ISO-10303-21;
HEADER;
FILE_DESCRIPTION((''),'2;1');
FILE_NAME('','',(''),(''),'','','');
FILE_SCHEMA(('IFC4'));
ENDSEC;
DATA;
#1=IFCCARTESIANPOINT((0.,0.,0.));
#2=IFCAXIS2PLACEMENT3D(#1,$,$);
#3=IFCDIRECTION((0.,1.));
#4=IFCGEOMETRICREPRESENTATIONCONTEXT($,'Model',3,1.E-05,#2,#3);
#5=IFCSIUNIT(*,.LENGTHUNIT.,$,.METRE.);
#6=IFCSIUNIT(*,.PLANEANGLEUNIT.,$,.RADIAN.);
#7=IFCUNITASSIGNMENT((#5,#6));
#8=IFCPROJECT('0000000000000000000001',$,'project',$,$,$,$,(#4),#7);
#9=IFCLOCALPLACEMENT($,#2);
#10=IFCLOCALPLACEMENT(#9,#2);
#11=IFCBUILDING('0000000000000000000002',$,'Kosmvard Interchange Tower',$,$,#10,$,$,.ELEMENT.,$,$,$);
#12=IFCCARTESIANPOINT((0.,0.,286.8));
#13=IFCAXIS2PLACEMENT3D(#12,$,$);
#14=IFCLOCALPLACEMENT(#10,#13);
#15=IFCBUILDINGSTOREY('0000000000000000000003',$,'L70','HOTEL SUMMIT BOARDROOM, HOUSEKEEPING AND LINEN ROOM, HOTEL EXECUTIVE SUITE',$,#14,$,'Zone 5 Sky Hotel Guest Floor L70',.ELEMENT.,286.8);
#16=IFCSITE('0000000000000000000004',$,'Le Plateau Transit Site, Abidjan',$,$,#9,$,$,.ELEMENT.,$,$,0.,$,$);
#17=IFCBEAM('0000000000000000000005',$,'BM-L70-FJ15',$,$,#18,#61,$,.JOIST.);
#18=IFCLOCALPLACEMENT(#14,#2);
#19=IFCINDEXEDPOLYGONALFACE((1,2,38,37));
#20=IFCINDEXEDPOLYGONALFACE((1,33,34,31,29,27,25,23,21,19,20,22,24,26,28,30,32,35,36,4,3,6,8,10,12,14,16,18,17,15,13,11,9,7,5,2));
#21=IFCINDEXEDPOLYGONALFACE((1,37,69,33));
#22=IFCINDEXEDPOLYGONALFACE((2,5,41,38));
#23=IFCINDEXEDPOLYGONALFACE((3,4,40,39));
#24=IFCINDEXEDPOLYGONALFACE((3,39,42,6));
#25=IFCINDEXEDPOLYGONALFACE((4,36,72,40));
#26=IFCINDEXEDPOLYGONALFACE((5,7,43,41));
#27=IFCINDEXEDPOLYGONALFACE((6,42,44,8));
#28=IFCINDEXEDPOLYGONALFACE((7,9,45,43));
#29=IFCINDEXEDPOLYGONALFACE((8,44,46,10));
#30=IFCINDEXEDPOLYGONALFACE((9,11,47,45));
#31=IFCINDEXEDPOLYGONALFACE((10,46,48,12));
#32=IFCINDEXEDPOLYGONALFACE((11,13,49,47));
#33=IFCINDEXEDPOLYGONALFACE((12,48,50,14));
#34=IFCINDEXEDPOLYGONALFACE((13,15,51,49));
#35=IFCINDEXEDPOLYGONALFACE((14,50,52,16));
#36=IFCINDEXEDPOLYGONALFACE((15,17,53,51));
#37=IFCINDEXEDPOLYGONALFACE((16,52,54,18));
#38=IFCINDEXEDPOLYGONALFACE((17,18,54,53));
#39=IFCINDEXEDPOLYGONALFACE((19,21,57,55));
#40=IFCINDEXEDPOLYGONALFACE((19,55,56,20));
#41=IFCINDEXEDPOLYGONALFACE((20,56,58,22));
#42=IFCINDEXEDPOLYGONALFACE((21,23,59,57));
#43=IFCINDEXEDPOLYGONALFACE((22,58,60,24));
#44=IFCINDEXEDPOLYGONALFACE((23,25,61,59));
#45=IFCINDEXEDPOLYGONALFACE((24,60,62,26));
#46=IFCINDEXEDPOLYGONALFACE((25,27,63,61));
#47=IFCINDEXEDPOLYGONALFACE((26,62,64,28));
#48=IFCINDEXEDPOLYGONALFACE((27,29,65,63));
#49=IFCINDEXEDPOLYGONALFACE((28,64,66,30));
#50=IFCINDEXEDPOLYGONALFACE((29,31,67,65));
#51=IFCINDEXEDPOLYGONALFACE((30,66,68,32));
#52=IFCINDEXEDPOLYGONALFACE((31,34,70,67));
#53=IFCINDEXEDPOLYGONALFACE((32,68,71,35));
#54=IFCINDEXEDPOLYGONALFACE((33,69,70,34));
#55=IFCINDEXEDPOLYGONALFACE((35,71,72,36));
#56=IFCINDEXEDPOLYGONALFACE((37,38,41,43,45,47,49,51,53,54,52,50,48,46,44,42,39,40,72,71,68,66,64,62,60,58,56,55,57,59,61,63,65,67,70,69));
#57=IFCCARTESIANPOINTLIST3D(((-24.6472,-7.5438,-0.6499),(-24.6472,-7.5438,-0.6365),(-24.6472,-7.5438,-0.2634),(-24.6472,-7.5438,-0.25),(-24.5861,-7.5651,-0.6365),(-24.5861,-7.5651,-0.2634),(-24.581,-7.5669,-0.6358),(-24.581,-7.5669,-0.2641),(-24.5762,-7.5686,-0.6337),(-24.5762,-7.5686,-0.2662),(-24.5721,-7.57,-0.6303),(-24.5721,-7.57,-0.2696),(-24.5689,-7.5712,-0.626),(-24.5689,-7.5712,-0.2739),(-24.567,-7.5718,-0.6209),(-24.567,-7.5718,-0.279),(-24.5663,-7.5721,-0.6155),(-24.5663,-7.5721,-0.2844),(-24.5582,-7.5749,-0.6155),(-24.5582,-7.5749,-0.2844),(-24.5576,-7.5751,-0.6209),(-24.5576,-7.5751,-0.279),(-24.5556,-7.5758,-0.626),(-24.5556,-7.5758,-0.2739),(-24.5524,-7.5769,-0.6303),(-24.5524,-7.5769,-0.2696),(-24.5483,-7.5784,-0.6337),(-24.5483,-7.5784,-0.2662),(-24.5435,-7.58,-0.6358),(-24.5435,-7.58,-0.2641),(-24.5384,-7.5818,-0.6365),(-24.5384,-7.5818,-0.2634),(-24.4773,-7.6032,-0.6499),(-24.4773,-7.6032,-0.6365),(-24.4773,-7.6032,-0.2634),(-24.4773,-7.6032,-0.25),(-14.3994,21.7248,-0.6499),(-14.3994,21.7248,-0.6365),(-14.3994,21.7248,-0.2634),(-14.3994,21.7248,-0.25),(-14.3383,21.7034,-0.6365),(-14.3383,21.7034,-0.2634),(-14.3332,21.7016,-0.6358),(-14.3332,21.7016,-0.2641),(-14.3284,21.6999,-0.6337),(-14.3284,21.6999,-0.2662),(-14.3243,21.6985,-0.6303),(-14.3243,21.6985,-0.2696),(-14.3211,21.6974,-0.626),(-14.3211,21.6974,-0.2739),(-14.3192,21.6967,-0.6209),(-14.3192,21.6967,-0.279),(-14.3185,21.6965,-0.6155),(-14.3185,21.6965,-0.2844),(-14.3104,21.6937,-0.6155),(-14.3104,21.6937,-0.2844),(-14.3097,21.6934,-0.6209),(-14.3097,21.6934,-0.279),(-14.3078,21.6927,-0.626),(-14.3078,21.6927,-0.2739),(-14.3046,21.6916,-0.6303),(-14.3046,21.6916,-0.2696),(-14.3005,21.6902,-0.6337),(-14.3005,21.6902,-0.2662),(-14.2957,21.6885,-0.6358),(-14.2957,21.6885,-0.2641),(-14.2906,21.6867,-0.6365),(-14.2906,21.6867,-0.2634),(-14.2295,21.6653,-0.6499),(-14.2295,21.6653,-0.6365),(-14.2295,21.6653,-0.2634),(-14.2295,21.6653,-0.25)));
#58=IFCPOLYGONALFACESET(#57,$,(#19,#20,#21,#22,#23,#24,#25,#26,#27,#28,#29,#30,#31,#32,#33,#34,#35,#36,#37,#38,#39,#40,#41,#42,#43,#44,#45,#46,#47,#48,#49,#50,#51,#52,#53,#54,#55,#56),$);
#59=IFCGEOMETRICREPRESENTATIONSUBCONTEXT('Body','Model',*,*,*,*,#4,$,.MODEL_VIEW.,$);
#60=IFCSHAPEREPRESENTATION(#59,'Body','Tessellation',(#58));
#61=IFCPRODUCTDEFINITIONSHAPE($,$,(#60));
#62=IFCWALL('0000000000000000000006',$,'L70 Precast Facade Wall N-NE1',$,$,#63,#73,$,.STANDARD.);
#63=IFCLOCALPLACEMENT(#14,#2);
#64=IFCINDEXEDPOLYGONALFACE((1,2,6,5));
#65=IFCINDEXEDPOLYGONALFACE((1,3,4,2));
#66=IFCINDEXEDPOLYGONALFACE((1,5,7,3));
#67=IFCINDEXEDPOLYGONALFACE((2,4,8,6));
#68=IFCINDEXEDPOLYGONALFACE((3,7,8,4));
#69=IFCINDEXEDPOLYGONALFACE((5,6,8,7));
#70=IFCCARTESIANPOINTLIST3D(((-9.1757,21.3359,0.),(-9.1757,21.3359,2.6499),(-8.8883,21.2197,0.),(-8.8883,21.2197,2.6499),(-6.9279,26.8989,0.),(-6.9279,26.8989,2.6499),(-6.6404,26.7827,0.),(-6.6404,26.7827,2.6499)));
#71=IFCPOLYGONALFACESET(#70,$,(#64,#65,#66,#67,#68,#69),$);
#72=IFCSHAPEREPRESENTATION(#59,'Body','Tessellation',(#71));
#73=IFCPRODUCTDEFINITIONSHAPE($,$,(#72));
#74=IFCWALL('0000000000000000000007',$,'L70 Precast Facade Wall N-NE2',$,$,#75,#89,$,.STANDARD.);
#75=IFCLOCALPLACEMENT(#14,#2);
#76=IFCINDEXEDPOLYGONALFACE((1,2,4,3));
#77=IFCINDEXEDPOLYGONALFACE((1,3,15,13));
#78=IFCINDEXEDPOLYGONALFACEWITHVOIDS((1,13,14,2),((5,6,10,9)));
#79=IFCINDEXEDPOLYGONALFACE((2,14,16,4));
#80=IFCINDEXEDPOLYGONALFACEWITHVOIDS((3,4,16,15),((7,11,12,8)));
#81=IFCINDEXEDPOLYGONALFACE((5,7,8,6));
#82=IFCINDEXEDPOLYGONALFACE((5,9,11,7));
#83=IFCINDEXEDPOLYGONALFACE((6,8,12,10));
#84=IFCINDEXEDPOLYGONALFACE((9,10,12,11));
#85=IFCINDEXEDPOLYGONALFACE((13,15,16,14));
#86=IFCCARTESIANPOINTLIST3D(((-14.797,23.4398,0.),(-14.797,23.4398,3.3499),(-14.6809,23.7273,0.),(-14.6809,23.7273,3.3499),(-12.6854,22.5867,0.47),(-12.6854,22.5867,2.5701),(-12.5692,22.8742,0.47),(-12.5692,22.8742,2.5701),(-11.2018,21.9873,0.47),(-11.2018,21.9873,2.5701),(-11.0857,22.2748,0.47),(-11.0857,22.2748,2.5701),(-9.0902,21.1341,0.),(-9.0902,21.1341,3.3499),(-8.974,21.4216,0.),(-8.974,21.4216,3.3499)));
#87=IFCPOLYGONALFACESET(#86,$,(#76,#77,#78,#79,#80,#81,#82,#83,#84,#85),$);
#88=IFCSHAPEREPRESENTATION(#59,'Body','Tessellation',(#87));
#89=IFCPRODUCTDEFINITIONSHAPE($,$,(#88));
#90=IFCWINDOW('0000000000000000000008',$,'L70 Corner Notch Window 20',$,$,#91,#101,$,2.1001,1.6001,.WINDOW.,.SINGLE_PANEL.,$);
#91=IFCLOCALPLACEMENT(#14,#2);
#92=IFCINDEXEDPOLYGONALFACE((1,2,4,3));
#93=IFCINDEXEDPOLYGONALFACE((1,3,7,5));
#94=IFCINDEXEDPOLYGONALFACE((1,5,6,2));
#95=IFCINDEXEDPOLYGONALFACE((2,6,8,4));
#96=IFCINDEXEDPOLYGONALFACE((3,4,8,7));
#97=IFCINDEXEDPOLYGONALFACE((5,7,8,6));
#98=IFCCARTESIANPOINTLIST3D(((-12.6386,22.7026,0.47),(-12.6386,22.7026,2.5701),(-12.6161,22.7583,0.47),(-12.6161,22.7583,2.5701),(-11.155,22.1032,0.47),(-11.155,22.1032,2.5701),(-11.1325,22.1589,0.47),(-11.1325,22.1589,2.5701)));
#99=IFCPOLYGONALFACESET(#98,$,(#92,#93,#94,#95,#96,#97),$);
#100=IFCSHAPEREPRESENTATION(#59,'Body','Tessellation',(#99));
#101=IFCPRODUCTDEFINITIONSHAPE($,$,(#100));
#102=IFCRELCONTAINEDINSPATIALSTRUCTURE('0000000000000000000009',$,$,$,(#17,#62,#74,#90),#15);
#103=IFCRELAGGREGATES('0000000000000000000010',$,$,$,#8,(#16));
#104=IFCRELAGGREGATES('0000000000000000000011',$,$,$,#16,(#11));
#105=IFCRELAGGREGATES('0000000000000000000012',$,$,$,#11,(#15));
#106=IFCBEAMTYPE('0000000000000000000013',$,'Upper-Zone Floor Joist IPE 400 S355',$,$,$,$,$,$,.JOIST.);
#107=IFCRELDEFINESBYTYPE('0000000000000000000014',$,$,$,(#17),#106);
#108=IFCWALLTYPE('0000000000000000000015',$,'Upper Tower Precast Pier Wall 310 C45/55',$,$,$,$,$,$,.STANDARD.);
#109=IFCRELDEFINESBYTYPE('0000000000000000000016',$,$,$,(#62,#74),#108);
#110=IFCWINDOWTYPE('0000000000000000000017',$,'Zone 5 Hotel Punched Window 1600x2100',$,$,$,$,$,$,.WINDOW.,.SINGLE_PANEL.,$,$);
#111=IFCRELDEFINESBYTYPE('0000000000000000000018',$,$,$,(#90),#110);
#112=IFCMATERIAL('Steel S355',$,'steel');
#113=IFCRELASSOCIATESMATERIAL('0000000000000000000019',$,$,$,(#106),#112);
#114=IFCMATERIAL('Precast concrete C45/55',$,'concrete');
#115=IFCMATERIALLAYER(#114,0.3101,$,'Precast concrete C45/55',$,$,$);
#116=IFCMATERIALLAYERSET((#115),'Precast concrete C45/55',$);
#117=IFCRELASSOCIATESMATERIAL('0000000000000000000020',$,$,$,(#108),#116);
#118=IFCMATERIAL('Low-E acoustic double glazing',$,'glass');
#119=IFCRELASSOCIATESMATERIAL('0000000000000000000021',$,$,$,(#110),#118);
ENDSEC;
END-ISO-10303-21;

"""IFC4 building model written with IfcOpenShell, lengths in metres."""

from ifc_helpers import new_model, si_unit, direction, frame, frame_2d, origin, origin_2d, place, context, subcontext, project, spatial, rectangle, i_section, extrude, source, transform, mapped, material, layer, layer_set, material_profile, profile_set, type_object, element, fill, save


model = new_model("IFC4")

# Units and contexts
model_context = context("Model", 3, precision=1e-05, world=origin(), true_north=direction((0.0, 1.0)))
body_context = subcontext(model_context, "Body", "Model", "MODEL_VIEW")
ifc_project = project(units=[si_unit("LENGTHUNIT", "METRE"), si_unit("PLANEANGLEUNIT", "RADIAN")], contexts=[model_context])

# Site, building, storey
site_placement = place(None, origin())
site = spatial("IfcSite", under=ifc_project, at=site_placement, Name="Le Plateau Transit Site, Abidjan", CompositionType="ELEMENT", RefElevation=0.0)
building_placement = place(site_placement, origin())
building = spatial("IfcBuilding", under=site, at=building_placement, Name="Kosmvard Interchange Tower", CompositionType="ELEMENT")
storey_placement = place(building_placement, frame((0.0, 0.0, 286.8)))
storey = spatial("IfcBuildingStorey", under=building, at=storey_placement, Name="L70", Description="HOTEL SUMMIT BOARDROOM, HOUSEKEEPING AND LINEN ROOM, HOTEL EXECUTIVE SUITE", LongName="Zone 5 Sky Hotel Guest Floor L70", CompositionType="ELEMENT", Elevation=286.8)

# Beam
ifc_material_1 = material(Name="Steel S355", Category="steel")
ifc_material_2 = material(Name="Precast concrete C45/55", Category="concrete")
ifc_material_profile_1 = material_profile(ifc_material_1, i_section(OverallWidth=0.1799, OverallDepth=0.3999, WebThickness=0.0085, FlangeThickness=0.0134, FilletRadius=0.021, at=origin_2d()), Name="IPE 400")
ifc_profile_set_1 = profile_set([ifc_material_profile_1], Name="Steel S355")
beam_type_1 = type_object("IfcBeamType", Name="Upper-Zone Floor Joist IPE 400 S355", PredefinedType="JOIST", material=ifc_profile_set_1)
shared_shape_1 = source(origin(), body_context, "Body", "SweptSolid", [
    extrude(i_section(OverallWidth=0.1799, OverallDepth=0.3999, WebThickness=0.0085, FlangeThickness=0.0134, FilletRadius=0.021, at=origin_2d()), origin(), (0.0, 0.0, 1.0), 31.0107),
])
beam_1_placement = place(storey_placement, frame((-14.3145, 21.6951, -0.45), z_axis=(-0.33046, -0.94382, 0.0), x_axis=(0.94382, -0.33046, 0.0)))
element("IfcBeam", 1, at=beam_1_placement, inside=storey, type_object=beam_type_1, Name="BM-L70-FJ15", PredefinedType="JOIST", context=body_context, shape_type="MappedRepresentation", body=[
    mapped(shared_shape_1, transform((0.0, 0.0, 0.0), scale=1.0)),
])

# Wall
ifc_layer_1 = layer(ifc_material_2, 0.3101, Name="Precast concrete C45/55")
ifc_layer_set_1 = layer_set([ifc_layer_1], Name="Precast concrete C45/55")
wall_type_1 = type_object("IfcWallType", Name="Upper Tower Precast Pier Wall 310 C45/55", PredefinedType="STANDARD", material=ifc_layer_set_1)
wall_1_placement = place(storey_placement, frame((-6.7842, 26.8408, 0.0), z_axis=(0.0, 0.0, 1.0), x_axis=(-0.374637, -0.927172, 0.0)))
element("IfcWall", 2, at=wall_1_placement, inside=storey, type_object=wall_type_1, Name="L70 Precast Facade Wall N-NE1", PredefinedType="STANDARD", context=body_context, shape_type="SweptSolid", body=[
    extrude(rectangle(XDim=6.0, YDim=0.3101, at=frame_2d((3.0, 0.0))), origin(), (0.0, 0.0, 1.0), 2.6499),
])

# Wall, opening, window
wall_2_placement = place(storey_placement, frame((-9.032, 21.2778, 0.0), z_axis=(0.0, 0.0, 1.0), x_axis=(-0.927185, 0.374603, 0.0)))
wall_2 = element("IfcWall", 3, at=wall_2_placement, inside=storey, type_object=wall_type_1, Name="L70 Precast Facade Wall N-NE2", PredefinedType="STANDARD", context=body_context, shape_type="SweptSolid", body=[
    extrude(rectangle(XDim=6.155, YDim=0.3101, at=frame_2d((3.0776, 0.0))), origin(), (0.0, 0.0, 1.0), 3.3499),
])
opening_1_placement = place(wall_2_placement, frame((2.2776, 0.0, 0.47)))
opening_1 = element("IfcOpeningElement", 4, at=opening_1_placement, cuts=wall_2, PredefinedType="OPENING", context=body_context, shape_type="SweptSolid", body=[
    extrude(rectangle(XDim=1.6001, YDim=2.1001, at=frame_2d((0.8, 1.05))), frame((0.0, 0.165, 0.0), z_axis=(0.0, -1.0, 0.0), x_axis=(1.0, 0.0, 0.0)), (0.0, 0.0, 1.0), 0.3301),
])
ifc_material_3 = material(Name="Low-E acoustic double glazing", Category="glass")
window_type = type_object("IfcWindowType", Name="Zone 5 Hotel Punched Window 1600x2100", PartitioningType="SINGLE_PANEL", PredefinedType="WINDOW", material=ifc_material_3)
shared_shape_2 = source(origin(), body_context, "Body", "SweptSolid", [
    extrude(rectangle(XDim=1.6001, YDim=2.1001, at=frame_2d((0.8, 1.05))), frame((0.0, 0.03, 0.0), z_axis=(0.0, -1.0, 0.0), x_axis=(1.0, 0.0, 0.0)), (0.0, 0.0, 1.0), 0.0601),
])
window_1_placement = place(opening_1_placement, origin())
window_1 = element("IfcWindow", 5, at=window_1_placement, inside=storey, type_object=window_type, Name="L70 Corner Notch Window 20", OverallHeight=2.1001, OverallWidth=1.6001, PartitioningType="SINGLE_PANEL", PredefinedType="WINDOW", context=body_context, shape_type="MappedRepresentation", body=[
    mapped(shared_shape_2, transform((0.0, 0.0, 0.0), scale=1.0)),
])
fill(opening_1, window_1)

save(model, "model.ifc")
